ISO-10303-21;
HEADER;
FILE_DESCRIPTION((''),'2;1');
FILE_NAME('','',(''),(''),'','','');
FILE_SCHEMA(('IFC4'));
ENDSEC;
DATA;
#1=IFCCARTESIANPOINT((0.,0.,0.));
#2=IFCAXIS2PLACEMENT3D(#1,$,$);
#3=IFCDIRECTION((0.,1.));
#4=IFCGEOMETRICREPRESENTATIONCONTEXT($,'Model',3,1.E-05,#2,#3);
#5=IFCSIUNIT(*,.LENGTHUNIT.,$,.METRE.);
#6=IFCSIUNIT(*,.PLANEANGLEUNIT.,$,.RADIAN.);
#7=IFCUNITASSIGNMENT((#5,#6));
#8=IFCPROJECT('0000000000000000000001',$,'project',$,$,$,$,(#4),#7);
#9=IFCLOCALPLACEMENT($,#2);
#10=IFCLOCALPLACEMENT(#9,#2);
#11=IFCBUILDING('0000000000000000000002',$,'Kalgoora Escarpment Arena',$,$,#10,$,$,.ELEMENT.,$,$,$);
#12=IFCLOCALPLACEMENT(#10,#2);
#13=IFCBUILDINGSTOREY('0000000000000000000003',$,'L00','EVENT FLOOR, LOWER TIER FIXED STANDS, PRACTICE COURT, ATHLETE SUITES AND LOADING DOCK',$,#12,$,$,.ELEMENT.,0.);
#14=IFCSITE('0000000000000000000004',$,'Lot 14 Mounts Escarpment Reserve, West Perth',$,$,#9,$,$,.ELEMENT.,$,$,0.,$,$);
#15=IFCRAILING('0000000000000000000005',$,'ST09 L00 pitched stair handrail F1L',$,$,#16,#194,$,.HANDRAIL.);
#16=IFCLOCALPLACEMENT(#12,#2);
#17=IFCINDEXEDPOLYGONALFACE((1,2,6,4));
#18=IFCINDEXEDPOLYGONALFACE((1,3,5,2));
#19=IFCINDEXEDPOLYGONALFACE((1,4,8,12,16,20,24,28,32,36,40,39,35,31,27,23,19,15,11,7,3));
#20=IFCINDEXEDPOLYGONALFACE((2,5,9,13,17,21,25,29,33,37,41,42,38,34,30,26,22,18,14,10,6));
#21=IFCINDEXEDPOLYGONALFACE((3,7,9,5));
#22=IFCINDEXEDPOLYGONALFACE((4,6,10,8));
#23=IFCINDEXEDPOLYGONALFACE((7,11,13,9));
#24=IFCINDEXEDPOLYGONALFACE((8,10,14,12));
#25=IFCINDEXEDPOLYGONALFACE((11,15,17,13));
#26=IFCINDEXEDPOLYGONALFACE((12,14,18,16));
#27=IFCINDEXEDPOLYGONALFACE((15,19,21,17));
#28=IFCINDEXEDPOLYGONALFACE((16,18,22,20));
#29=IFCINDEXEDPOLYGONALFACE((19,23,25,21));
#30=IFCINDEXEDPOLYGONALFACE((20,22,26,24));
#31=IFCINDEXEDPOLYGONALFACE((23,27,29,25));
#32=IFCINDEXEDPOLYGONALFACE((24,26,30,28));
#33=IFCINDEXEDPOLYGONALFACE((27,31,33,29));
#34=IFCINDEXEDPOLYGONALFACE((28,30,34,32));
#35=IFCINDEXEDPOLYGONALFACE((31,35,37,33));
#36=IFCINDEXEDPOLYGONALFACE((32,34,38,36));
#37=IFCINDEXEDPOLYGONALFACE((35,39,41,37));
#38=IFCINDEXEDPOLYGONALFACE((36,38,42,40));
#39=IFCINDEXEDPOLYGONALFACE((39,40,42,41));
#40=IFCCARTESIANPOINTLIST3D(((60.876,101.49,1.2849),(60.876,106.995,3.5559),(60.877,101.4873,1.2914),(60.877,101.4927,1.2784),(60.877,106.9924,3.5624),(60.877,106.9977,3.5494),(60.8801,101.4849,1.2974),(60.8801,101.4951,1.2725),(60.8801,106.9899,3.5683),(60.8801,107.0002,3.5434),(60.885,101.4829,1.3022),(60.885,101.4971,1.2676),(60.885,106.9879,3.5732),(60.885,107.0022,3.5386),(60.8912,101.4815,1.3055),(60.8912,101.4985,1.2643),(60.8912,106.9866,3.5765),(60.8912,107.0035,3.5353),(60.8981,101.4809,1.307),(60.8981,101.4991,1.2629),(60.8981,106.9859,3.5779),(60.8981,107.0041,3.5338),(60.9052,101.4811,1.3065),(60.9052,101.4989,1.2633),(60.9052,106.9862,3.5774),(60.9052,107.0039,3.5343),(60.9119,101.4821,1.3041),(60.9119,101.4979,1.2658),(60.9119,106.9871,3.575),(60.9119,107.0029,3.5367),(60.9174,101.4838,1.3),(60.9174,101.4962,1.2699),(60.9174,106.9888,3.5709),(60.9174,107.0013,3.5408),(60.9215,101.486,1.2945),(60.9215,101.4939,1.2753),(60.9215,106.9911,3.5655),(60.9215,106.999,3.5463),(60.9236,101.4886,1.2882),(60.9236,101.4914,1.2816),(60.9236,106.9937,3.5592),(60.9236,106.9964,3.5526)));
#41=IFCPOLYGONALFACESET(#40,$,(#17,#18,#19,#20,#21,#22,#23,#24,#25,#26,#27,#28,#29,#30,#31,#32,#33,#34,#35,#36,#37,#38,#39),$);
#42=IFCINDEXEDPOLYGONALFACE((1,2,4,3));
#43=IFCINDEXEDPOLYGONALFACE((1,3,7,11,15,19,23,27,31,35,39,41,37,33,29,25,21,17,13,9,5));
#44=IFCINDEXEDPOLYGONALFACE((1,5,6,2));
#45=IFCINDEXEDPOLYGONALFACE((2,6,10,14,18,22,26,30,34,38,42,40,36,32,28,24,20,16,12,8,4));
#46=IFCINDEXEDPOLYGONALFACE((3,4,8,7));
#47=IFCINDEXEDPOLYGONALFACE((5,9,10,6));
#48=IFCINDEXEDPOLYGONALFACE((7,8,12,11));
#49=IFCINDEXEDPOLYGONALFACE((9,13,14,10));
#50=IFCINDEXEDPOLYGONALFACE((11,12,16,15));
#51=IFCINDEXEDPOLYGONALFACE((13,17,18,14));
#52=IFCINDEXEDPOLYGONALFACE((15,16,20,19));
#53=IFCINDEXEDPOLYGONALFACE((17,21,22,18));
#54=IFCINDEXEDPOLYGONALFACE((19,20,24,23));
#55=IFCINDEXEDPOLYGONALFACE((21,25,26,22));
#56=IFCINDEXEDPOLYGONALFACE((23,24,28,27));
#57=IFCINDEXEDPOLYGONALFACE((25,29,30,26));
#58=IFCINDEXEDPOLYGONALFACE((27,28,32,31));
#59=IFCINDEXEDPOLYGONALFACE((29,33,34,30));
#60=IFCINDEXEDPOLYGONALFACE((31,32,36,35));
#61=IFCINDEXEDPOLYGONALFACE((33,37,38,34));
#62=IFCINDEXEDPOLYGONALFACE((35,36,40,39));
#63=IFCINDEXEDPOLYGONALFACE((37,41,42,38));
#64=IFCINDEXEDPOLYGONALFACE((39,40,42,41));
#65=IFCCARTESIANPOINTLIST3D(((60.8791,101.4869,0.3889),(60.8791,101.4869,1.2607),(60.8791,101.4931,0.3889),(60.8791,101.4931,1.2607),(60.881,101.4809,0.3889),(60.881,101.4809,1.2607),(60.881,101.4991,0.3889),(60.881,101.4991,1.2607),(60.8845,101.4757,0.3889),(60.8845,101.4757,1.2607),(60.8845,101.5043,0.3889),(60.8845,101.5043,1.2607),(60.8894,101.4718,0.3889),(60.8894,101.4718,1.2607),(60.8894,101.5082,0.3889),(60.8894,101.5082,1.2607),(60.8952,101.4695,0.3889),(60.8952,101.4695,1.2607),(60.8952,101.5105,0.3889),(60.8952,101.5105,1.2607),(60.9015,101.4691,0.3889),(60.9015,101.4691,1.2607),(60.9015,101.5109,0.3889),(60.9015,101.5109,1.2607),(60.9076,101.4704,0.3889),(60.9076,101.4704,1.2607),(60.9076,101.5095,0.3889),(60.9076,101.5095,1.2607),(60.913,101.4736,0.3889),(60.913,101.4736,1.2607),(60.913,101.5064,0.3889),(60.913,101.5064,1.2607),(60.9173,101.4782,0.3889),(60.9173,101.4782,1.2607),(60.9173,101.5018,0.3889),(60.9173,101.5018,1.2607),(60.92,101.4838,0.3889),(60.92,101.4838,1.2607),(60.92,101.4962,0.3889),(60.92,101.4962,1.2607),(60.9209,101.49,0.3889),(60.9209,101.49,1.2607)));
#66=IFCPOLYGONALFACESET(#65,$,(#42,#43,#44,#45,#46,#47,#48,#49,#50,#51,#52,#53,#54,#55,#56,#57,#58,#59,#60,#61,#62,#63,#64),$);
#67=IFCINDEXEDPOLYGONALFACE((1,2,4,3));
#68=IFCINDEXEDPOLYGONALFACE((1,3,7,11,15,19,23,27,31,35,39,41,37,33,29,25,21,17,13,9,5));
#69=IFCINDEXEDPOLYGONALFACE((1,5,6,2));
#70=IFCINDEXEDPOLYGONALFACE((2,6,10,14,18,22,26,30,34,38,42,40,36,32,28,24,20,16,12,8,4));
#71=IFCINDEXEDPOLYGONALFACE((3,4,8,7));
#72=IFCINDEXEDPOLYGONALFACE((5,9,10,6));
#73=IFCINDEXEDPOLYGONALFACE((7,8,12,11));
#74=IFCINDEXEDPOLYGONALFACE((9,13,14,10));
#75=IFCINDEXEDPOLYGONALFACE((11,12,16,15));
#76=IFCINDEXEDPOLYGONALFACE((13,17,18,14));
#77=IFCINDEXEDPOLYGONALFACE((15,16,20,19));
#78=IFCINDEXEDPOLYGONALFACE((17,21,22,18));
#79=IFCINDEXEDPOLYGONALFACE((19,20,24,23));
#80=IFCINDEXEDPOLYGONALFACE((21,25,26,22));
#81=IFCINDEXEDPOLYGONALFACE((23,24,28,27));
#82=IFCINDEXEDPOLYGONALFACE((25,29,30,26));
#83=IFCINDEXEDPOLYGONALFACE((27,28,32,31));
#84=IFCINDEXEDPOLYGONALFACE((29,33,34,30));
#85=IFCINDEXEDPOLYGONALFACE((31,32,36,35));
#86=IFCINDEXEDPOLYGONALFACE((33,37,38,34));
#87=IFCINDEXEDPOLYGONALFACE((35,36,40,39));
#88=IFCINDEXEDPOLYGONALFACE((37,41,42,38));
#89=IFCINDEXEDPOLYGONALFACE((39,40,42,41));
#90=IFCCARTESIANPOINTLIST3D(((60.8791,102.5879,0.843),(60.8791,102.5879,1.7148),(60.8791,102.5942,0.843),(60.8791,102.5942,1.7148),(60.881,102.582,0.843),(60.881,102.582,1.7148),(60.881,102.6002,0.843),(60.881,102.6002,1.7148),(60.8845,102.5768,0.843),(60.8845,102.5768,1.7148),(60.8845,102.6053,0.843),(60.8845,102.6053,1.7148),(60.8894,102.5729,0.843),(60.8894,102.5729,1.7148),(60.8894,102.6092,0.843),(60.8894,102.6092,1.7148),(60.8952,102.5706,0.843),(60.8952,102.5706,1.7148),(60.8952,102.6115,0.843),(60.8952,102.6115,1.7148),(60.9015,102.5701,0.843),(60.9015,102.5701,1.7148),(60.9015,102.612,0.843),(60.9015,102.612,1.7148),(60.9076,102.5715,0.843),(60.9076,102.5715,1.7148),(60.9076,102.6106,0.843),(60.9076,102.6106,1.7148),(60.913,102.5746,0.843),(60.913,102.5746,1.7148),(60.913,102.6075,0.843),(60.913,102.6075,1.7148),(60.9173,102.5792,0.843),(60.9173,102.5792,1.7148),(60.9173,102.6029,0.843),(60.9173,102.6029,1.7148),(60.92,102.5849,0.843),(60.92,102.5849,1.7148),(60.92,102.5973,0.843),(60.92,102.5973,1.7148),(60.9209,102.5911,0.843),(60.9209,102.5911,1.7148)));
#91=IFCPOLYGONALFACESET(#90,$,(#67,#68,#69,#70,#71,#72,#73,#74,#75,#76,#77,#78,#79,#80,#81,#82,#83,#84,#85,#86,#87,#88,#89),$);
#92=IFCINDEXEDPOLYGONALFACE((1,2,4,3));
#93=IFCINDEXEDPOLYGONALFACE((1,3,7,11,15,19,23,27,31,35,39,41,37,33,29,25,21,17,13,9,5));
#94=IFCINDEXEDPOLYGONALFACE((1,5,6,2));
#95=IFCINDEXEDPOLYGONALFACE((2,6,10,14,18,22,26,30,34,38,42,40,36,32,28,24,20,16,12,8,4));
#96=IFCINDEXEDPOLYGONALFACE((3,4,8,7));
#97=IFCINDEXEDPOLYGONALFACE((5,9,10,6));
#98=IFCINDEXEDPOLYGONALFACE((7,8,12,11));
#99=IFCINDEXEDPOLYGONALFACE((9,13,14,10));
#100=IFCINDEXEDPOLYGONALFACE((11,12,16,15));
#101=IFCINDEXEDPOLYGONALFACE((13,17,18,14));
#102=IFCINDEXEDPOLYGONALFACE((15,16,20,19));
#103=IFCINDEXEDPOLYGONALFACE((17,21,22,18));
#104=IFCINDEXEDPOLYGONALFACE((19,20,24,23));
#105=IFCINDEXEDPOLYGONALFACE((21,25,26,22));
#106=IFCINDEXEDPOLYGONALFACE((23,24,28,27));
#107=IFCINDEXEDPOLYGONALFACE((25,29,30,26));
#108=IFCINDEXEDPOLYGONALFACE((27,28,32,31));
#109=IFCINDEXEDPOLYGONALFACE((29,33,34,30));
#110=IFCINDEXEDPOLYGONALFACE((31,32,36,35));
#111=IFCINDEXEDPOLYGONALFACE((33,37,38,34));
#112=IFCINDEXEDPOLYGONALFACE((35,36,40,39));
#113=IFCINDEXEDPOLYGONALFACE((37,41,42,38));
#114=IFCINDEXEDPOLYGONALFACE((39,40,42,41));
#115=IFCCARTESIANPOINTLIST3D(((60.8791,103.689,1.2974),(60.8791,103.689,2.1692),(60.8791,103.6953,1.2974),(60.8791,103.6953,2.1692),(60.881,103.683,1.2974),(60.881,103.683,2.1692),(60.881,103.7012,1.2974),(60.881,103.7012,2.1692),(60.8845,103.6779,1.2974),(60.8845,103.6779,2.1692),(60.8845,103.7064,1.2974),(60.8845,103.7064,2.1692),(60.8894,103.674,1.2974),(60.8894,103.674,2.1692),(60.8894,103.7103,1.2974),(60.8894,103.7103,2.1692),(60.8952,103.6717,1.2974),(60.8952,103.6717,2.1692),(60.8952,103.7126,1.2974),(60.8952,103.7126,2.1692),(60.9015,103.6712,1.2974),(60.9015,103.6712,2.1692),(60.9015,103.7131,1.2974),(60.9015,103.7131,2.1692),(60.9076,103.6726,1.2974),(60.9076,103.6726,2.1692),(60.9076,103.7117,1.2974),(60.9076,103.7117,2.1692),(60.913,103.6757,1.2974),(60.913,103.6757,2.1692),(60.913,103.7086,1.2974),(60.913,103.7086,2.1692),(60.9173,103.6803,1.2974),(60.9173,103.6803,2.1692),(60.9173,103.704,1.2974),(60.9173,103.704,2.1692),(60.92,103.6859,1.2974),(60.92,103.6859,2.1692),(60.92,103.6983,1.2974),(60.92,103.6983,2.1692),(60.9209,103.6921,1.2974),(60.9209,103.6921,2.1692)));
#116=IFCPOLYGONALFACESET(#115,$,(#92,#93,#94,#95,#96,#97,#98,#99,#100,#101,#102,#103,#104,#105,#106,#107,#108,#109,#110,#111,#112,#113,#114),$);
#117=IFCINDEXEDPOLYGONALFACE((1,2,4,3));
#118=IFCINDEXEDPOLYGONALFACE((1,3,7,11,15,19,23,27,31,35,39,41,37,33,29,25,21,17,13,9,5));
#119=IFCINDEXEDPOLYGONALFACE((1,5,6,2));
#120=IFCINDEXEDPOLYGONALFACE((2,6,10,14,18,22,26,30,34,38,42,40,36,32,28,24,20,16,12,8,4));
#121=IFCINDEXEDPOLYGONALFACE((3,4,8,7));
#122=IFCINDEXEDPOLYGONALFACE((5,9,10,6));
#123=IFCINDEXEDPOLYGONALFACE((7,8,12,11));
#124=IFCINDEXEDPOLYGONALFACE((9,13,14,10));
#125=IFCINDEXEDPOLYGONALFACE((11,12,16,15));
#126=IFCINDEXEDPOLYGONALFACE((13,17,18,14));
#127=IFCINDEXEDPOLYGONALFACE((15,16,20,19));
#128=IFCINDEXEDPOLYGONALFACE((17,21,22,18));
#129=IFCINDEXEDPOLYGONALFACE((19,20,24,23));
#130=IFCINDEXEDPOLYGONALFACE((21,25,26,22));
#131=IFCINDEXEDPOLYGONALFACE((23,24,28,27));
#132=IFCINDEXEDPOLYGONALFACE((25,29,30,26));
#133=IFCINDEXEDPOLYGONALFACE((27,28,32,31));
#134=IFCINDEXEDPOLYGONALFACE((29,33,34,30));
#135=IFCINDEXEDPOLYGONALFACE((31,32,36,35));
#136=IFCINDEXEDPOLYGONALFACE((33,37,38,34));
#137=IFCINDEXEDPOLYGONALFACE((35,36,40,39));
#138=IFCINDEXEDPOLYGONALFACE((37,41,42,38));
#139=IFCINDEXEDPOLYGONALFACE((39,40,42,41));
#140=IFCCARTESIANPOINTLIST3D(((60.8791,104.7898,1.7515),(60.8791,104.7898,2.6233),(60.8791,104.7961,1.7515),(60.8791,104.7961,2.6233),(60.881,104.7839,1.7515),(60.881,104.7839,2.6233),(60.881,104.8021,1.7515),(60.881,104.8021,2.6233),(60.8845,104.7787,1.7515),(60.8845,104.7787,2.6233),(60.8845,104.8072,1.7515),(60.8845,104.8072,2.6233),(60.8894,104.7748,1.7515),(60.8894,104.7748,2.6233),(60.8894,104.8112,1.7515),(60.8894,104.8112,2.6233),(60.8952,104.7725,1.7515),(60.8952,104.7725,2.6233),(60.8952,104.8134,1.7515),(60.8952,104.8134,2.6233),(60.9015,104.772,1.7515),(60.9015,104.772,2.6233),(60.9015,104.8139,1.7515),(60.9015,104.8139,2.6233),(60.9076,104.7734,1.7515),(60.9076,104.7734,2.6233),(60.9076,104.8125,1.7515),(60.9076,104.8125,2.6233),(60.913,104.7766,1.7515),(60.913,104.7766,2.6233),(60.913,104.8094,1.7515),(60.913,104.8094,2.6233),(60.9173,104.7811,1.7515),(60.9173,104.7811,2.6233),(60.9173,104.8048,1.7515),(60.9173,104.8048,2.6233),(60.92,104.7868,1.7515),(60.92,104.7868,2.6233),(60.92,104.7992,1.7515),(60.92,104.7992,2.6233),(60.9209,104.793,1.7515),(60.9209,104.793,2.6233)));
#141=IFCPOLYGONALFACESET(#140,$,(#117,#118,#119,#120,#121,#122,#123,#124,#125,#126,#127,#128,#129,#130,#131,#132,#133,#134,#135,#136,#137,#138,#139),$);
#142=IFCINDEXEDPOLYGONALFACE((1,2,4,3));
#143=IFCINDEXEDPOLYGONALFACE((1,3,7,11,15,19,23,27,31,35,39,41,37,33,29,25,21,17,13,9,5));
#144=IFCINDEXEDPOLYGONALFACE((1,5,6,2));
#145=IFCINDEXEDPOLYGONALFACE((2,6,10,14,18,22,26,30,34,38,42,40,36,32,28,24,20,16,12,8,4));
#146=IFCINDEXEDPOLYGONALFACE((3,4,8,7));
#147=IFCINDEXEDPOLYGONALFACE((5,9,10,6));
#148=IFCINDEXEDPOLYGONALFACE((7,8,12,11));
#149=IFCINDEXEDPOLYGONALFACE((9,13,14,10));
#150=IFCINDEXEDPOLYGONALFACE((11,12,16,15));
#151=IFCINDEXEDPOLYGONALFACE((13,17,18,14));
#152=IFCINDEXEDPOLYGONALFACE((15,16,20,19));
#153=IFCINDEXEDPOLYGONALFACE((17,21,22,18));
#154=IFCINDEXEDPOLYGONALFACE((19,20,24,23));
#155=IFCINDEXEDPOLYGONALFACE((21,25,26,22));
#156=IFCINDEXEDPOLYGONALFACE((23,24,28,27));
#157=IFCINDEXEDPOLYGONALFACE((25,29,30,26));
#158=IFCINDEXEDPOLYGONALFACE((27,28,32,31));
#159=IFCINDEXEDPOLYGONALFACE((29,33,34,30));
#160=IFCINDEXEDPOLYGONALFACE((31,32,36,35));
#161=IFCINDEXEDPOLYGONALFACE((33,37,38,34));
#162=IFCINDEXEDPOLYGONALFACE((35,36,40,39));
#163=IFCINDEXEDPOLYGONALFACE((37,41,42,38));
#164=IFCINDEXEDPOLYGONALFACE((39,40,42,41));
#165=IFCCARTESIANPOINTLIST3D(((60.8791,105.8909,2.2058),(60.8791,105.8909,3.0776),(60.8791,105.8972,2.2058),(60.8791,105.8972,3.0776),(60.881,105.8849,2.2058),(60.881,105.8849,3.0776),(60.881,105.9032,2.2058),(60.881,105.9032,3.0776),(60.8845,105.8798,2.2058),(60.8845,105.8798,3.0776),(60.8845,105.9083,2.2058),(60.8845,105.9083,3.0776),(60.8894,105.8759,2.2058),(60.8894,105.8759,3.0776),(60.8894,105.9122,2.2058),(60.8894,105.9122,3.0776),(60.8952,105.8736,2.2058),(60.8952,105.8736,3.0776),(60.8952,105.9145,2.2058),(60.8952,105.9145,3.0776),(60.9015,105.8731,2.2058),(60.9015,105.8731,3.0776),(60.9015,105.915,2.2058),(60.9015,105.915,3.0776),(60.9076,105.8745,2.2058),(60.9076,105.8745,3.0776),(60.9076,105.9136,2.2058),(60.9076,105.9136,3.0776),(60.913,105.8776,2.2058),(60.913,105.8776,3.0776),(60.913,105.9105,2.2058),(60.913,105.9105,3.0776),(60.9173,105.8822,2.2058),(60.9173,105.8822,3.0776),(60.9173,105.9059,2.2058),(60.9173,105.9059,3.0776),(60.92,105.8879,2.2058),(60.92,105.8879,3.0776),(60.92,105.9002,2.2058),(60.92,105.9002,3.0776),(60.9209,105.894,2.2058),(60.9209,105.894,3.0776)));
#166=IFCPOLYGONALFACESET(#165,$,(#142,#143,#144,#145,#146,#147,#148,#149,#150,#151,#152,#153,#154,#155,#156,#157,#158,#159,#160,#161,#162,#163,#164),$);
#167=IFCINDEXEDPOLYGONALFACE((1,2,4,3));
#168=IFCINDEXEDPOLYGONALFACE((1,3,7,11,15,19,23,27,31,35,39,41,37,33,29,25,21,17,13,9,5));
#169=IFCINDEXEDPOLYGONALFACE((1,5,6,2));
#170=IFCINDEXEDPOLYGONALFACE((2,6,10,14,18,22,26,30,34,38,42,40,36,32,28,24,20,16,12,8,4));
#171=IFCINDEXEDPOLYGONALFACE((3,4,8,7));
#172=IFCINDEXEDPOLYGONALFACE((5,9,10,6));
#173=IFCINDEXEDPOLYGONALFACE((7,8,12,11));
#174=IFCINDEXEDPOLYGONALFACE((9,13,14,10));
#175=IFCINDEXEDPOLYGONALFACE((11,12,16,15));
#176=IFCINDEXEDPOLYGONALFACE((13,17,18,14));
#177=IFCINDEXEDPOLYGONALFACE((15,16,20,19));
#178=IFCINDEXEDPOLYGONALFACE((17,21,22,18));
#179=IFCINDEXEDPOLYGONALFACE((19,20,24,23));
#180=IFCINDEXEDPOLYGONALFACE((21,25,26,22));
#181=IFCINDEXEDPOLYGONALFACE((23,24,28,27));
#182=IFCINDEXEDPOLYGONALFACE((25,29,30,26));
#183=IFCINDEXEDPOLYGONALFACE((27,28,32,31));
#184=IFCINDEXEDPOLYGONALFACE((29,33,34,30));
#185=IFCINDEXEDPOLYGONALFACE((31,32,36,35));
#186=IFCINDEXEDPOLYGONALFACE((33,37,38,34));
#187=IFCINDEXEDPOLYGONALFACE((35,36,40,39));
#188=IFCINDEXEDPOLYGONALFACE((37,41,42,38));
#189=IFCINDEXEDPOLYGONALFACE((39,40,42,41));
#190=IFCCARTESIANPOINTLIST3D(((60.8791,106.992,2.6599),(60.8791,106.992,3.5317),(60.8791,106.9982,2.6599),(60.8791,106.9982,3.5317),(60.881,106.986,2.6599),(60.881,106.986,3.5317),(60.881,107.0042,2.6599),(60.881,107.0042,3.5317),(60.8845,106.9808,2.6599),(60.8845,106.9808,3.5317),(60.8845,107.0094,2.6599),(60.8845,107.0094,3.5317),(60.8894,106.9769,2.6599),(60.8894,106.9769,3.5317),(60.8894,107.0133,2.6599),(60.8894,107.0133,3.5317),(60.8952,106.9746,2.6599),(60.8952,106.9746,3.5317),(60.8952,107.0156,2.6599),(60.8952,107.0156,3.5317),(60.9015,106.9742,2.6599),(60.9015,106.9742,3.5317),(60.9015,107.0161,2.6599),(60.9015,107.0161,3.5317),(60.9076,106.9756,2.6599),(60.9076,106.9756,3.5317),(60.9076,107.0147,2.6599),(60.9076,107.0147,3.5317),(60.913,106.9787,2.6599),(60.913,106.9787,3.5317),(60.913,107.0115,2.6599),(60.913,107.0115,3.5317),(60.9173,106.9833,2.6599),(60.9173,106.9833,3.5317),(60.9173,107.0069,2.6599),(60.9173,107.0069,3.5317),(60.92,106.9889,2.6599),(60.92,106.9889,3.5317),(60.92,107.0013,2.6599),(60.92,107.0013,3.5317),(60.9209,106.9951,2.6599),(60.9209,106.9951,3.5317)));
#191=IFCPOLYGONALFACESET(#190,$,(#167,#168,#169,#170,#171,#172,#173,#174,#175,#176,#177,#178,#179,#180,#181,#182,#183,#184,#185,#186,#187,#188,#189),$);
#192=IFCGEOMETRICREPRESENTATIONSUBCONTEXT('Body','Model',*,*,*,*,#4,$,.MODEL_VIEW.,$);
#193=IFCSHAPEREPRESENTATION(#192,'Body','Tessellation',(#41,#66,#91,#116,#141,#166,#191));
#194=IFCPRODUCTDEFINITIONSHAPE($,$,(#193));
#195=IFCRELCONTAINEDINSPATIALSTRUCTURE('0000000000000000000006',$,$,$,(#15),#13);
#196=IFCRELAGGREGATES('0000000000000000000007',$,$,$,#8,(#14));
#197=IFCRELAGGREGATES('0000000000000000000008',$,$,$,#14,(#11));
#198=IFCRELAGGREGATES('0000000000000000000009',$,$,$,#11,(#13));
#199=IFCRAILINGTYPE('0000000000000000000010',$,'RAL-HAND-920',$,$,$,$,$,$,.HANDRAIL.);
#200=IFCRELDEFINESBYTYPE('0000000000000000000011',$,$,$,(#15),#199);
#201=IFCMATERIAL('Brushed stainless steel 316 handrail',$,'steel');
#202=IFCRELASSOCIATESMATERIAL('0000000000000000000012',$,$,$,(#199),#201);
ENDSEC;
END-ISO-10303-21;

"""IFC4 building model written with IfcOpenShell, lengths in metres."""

from ifc_helpers import new_model, si_unit, direction, frame, origin, origin_2d, place, context, subcontext, project, spatial, circle, extrude, material, type_object, element, save


model = new_model("IFC4")

# Units and contexts
model_context = context("Model", 3, precision=1e-05, world=origin(), true_north=direction((0.0, 1.0)))
body_context = subcontext(model_context, "Body", "Model", "MODEL_VIEW")
ifc_project = project(units=[si_unit("LENGTHUNIT", "METRE"), si_unit("PLANEANGLEUNIT", "RADIAN")], contexts=[model_context])

# Site, building, storey
site_placement = place(None, origin())
site = spatial("IfcSite", under=ifc_project, at=site_placement, Name="Lot 14 Mounts Escarpment Reserve, West Perth", CompositionType="ELEMENT", RefElevation=0.0)
building_placement = place(site_placement, origin())
building = spatial("IfcBuilding", under=site, at=building_placement, Name="Kalgoora Escarpment Arena", CompositionType="ELEMENT")
storey_placement = place(building_placement, origin())
storey = spatial("IfcBuildingStorey", under=building, at=storey_placement, Name="L00", Description="EVENT FLOOR, LOWER TIER FIXED STANDS, PRACTICE COURT, ATHLETE SUITES AND LOADING DOCK", CompositionType="ELEMENT", Elevation=0.0)

# Railing
ifc_material_1 = material(Name="Brushed stainless steel 316 handrail", Category="steel")
railing_type_1 = type_object("IfcRailingType", Name="RAL-HAND-920", PredefinedType="HANDRAIL", material=ifc_material_1)
for number, where, name in (
    (1, (60.8999, 101.49, 0.3889), "ST09 L00 pitched stair handrail F1L"),
):
    element("IfcRailing", number, at=place(storey_placement, frame(where)), inside=storey, type_object=railing_type_1, Name=name, PredefinedType="HANDRAIL", context=body_context, shape_type="SweptSolid", body=[
        extrude(circle(Radius=0.0239, at=origin_2d()), frame((0.0, 0.0, 0.896), z_axis=(0.0, 0.924431, 0.38135), x_axis=(-1.0, 0.0, 0.0)), (0.0, 0.0, 1.0), 5.9551),
        extrude(circle(Radius=0.021, at=origin_2d()), origin(), (0.0, 0.0, 1.0), 0.8718),
        extrude(circle(Radius=0.021, at=origin_2d()), frame((0.0, 1.1011, 0.4541)), (0.0, 0.0, 1.0), 0.8718),
        extrude(circle(Radius=0.021, at=origin_2d()), frame((0.0, 2.2021, 0.9084)), (0.0, 0.0, 1.0), 0.8718),
        extrude(circle(Radius=0.021, at=origin_2d()), frame((0.0, 3.303, 1.3625)), (0.0, 0.0, 1.0), 0.8718),
        extrude(circle(Radius=0.021, at=origin_2d()), frame((0.0, 4.4041, 1.8169)), (0.0, 0.0, 1.0), 0.8718),
        extrude(circle(Radius=0.021, at=origin_2d()), frame((0.0, 5.5051, 2.271)), (0.0, 0.0, 1.0), 0.8718),
    ])

save(model, "model.ifc")
